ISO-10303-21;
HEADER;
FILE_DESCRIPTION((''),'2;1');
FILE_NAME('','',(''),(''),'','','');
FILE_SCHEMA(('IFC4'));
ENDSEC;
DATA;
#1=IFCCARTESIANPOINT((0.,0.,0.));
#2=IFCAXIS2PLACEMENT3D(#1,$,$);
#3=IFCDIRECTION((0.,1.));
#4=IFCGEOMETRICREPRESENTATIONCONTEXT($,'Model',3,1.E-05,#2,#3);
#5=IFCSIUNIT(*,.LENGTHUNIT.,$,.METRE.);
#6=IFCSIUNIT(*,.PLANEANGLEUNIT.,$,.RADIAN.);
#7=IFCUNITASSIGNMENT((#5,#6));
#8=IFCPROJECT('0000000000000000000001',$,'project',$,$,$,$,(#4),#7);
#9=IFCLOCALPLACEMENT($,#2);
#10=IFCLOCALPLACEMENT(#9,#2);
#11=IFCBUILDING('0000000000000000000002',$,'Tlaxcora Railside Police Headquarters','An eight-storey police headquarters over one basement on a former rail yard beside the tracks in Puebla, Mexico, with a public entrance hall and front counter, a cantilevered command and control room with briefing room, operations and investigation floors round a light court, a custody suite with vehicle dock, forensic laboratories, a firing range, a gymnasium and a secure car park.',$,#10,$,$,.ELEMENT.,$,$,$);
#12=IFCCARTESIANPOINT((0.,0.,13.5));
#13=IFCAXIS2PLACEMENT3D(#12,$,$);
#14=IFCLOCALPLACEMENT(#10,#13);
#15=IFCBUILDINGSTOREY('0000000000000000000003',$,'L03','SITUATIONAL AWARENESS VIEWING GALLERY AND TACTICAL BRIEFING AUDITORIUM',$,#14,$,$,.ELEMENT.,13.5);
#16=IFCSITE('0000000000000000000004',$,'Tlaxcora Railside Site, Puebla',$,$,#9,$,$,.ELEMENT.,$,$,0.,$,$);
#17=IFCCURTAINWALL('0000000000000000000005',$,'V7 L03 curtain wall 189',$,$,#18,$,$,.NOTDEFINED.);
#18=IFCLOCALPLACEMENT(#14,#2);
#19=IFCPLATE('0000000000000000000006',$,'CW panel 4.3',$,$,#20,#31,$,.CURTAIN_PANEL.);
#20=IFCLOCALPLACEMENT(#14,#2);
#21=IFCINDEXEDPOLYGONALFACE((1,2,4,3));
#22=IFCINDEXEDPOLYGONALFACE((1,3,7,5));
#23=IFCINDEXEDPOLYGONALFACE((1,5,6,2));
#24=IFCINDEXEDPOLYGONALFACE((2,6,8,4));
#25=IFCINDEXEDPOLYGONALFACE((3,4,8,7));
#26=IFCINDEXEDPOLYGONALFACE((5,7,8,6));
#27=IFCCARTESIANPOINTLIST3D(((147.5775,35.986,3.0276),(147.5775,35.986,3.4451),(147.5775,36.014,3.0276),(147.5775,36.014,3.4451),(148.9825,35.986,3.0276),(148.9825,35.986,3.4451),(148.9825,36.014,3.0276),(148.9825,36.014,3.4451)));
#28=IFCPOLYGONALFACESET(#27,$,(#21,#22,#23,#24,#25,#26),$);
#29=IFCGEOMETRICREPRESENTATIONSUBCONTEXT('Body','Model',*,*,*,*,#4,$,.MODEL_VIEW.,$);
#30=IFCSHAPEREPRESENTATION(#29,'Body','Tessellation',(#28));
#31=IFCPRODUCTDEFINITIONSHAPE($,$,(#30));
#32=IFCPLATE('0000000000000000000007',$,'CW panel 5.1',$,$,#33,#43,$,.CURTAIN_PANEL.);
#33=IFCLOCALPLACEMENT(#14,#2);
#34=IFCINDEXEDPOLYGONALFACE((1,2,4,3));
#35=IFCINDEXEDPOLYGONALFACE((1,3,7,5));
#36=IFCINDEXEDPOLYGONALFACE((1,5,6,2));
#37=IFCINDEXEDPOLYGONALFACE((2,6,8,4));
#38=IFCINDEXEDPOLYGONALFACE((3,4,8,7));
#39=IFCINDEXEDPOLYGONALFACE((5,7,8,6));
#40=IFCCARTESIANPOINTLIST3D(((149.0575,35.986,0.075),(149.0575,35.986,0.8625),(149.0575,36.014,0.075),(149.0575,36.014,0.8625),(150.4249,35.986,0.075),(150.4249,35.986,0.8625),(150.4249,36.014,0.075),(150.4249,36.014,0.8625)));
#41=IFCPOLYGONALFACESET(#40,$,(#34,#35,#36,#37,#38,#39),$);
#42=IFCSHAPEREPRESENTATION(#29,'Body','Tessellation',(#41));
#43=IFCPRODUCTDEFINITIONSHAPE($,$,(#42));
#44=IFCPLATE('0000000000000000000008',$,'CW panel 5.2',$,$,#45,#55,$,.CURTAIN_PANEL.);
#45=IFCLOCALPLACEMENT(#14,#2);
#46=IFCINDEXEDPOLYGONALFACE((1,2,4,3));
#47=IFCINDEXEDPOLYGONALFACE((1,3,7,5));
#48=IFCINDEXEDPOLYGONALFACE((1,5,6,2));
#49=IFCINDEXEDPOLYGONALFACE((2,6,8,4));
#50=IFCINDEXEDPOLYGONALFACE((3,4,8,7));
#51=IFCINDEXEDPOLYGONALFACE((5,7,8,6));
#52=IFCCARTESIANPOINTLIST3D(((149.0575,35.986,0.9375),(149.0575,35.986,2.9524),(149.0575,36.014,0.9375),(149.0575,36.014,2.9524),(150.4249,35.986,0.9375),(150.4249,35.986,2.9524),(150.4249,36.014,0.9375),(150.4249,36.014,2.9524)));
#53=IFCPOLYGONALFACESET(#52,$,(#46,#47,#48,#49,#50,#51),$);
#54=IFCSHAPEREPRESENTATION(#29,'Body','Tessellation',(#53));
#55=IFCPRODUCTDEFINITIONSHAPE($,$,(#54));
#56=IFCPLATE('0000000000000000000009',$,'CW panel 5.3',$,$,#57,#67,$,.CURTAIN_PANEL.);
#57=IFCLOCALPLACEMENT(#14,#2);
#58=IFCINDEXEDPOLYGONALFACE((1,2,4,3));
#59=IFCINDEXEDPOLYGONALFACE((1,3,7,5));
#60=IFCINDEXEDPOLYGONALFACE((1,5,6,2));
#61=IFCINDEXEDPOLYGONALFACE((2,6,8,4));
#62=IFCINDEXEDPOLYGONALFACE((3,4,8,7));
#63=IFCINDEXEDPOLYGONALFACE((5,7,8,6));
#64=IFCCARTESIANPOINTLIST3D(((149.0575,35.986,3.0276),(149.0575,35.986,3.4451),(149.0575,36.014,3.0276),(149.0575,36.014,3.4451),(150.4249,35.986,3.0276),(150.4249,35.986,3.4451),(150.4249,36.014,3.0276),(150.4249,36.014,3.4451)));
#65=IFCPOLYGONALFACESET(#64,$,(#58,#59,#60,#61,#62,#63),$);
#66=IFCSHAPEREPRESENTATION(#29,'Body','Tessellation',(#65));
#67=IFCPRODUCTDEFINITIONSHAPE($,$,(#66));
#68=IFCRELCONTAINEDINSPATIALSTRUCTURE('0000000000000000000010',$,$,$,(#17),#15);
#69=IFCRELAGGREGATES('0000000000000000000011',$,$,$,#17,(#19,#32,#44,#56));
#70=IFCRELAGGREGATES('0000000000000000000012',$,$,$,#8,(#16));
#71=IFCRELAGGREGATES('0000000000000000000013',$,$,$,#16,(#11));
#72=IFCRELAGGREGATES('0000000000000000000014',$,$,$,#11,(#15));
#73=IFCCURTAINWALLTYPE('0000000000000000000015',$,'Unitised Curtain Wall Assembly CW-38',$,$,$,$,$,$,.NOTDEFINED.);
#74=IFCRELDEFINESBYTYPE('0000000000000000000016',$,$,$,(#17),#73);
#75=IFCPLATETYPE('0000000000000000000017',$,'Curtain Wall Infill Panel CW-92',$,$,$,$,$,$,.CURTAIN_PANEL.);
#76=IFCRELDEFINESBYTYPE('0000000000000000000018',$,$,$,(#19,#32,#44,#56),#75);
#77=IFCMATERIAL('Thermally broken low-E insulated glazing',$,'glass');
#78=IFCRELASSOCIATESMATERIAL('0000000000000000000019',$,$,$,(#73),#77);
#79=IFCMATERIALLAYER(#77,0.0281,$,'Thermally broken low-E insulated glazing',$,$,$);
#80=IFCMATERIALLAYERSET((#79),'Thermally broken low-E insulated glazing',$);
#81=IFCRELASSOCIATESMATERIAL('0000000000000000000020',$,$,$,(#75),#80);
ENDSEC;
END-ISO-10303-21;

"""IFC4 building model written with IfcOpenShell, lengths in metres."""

from ifc_helpers import new_model, si_unit, direction, frame, origin, origin_2d, place, context, subcontext, project, spatial, rectangle, extrude, material, layer, layer_set, type_object, element, aggregate, save


model = new_model("IFC4")

# Units and contexts
model_context = context("Model", 3, precision=1e-05, world=origin(), true_north=direction((0.0, 1.0)))
body_context = subcontext(model_context, "Body", "Model", "MODEL_VIEW")
ifc_project = project(units=[si_unit("LENGTHUNIT", "METRE"), si_unit("PLANEANGLEUNIT", "RADIAN")], contexts=[model_context])

# Site, building, storey
site_placement = place(None, origin())
site = spatial("IfcSite", under=ifc_project, at=site_placement, Name="Tlaxcora Railside Site, Puebla", CompositionType="ELEMENT", RefElevation=0.0)
building_placement = place(site_placement, origin())
building = spatial("IfcBuilding", under=site, at=building_placement, Name="Tlaxcora Railside Police Headquarters", Description="An eight-storey police headquarters over one basement on a former rail yard beside the tracks in Puebla, Mexico, with a public entrance hall and front counter, a cantilevered command and control room with briefing room, operations and investigation floors round a light court, a custody suite with vehicle dock, forensic laboratories, a firing range, a gymnasium and a secure car park.", CompositionType="ELEMENT")
storey_placement = place(building_placement, frame((0.0, 0.0, 13.5)))
storey = spatial("IfcBuildingStorey", under=building, at=storey_placement, Name="L03", Description="SITUATIONAL AWARENESS VIEWING GALLERY AND TACTICAL BRIEFING AUDITORIUM", CompositionType="ELEMENT", Elevation=13.5)

# Curtain wall
ifc_material_1 = material(Name="Thermally broken low-E insulated glazing", Category="glass")
curtain_wall_type = type_object("IfcCurtainWallType", Name="Unitised Curtain Wall Assembly CW-38", PredefinedType="NOTDEFINED", material=ifc_material_1)
curtain_wall_placement = place(storey_placement, origin())
curtain_wall = element("IfcCurtainWall", 1, at=curtain_wall_placement, inside=storey, type_object=curtain_wall_type, Name="V7 L03 curtain wall 189", PredefinedType="NOTDEFINED")

# Plates
ifc_layer_1 = layer(ifc_material_1, 0.0281, Name="Thermally broken low-E insulated glazing")
ifc_layer_set_1 = layer_set([ifc_layer_1], Name="Thermally broken low-E insulated glazing")
plate_type = type_object("IfcPlateType", Name="Curtain Wall Infill Panel CW-92", PredefinedType="CURTAIN_PANEL", material=ifc_layer_set_1)
plate_1_placement = place(storey_placement, frame((148.28, 36.0, 3.0276), z_axis=(0.0, 0.0, 1.0), x_axis=(1.0, 0.0, 0.0)))
plate_1 = element("IfcPlate", 2, at=plate_1_placement, type_object=plate_type, Name="CW panel 4.3", PredefinedType="CURTAIN_PANEL", context=body_context, shape_type="SweptSolid", body=[
    extrude(rectangle(XDim=1.405, YDim=0.0281, at=origin_2d()), origin(), (0.0, 0.0, 1.0), 0.4175),
])
plate_2_placement = place(storey_placement, frame((149.7412, 36.0, 0.075), z_axis=(0.0, 0.0, 1.0), x_axis=(1.0, 0.0, 0.0)))
plate_2 = element("IfcPlate", 3, at=plate_2_placement, type_object=plate_type, Name="CW panel 5.1", PredefinedType="CURTAIN_PANEL", context=body_context, shape_type="SweptSolid", body=[
    extrude(rectangle(XDim=1.3674, YDim=0.0281, at=origin_2d()), origin(), (0.0, 0.0, 1.0), 0.7876),
])
plate_3_placement = place(storey_placement, frame((149.7412, 36.0, 0.9375), z_axis=(0.0, 0.0, 1.0), x_axis=(1.0, 0.0, 0.0)))
plate_3 = element("IfcPlate", 4, at=plate_3_placement, type_object=plate_type, Name="CW panel 5.2", PredefinedType="CURTAIN_PANEL", context=body_context, shape_type="SweptSolid", body=[
    extrude(rectangle(XDim=1.3674, YDim=0.0281, at=origin_2d()), origin(), (0.0, 0.0, 1.0), 2.0149),
])
plate_4_placement = place(storey_placement, frame((149.7412, 36.0, 3.0276), z_axis=(0.0, 0.0, 1.0), x_axis=(1.0, 0.0, 0.0)))
plate_4 = element("IfcPlate", 5, at=plate_4_placement, type_object=plate_type, Name="CW panel 5.3", PredefinedType="CURTAIN_PANEL", context=body_context, shape_type="SweptSolid", body=[
    extrude(rectangle(XDim=1.3674, YDim=0.0281, at=origin_2d()), origin(), (0.0, 0.0, 1.0), 0.4175),
])
aggregate(curtain_wall, [plate_1, plate_2, plate_3, plate_4])

save(model, "model.ifc")
